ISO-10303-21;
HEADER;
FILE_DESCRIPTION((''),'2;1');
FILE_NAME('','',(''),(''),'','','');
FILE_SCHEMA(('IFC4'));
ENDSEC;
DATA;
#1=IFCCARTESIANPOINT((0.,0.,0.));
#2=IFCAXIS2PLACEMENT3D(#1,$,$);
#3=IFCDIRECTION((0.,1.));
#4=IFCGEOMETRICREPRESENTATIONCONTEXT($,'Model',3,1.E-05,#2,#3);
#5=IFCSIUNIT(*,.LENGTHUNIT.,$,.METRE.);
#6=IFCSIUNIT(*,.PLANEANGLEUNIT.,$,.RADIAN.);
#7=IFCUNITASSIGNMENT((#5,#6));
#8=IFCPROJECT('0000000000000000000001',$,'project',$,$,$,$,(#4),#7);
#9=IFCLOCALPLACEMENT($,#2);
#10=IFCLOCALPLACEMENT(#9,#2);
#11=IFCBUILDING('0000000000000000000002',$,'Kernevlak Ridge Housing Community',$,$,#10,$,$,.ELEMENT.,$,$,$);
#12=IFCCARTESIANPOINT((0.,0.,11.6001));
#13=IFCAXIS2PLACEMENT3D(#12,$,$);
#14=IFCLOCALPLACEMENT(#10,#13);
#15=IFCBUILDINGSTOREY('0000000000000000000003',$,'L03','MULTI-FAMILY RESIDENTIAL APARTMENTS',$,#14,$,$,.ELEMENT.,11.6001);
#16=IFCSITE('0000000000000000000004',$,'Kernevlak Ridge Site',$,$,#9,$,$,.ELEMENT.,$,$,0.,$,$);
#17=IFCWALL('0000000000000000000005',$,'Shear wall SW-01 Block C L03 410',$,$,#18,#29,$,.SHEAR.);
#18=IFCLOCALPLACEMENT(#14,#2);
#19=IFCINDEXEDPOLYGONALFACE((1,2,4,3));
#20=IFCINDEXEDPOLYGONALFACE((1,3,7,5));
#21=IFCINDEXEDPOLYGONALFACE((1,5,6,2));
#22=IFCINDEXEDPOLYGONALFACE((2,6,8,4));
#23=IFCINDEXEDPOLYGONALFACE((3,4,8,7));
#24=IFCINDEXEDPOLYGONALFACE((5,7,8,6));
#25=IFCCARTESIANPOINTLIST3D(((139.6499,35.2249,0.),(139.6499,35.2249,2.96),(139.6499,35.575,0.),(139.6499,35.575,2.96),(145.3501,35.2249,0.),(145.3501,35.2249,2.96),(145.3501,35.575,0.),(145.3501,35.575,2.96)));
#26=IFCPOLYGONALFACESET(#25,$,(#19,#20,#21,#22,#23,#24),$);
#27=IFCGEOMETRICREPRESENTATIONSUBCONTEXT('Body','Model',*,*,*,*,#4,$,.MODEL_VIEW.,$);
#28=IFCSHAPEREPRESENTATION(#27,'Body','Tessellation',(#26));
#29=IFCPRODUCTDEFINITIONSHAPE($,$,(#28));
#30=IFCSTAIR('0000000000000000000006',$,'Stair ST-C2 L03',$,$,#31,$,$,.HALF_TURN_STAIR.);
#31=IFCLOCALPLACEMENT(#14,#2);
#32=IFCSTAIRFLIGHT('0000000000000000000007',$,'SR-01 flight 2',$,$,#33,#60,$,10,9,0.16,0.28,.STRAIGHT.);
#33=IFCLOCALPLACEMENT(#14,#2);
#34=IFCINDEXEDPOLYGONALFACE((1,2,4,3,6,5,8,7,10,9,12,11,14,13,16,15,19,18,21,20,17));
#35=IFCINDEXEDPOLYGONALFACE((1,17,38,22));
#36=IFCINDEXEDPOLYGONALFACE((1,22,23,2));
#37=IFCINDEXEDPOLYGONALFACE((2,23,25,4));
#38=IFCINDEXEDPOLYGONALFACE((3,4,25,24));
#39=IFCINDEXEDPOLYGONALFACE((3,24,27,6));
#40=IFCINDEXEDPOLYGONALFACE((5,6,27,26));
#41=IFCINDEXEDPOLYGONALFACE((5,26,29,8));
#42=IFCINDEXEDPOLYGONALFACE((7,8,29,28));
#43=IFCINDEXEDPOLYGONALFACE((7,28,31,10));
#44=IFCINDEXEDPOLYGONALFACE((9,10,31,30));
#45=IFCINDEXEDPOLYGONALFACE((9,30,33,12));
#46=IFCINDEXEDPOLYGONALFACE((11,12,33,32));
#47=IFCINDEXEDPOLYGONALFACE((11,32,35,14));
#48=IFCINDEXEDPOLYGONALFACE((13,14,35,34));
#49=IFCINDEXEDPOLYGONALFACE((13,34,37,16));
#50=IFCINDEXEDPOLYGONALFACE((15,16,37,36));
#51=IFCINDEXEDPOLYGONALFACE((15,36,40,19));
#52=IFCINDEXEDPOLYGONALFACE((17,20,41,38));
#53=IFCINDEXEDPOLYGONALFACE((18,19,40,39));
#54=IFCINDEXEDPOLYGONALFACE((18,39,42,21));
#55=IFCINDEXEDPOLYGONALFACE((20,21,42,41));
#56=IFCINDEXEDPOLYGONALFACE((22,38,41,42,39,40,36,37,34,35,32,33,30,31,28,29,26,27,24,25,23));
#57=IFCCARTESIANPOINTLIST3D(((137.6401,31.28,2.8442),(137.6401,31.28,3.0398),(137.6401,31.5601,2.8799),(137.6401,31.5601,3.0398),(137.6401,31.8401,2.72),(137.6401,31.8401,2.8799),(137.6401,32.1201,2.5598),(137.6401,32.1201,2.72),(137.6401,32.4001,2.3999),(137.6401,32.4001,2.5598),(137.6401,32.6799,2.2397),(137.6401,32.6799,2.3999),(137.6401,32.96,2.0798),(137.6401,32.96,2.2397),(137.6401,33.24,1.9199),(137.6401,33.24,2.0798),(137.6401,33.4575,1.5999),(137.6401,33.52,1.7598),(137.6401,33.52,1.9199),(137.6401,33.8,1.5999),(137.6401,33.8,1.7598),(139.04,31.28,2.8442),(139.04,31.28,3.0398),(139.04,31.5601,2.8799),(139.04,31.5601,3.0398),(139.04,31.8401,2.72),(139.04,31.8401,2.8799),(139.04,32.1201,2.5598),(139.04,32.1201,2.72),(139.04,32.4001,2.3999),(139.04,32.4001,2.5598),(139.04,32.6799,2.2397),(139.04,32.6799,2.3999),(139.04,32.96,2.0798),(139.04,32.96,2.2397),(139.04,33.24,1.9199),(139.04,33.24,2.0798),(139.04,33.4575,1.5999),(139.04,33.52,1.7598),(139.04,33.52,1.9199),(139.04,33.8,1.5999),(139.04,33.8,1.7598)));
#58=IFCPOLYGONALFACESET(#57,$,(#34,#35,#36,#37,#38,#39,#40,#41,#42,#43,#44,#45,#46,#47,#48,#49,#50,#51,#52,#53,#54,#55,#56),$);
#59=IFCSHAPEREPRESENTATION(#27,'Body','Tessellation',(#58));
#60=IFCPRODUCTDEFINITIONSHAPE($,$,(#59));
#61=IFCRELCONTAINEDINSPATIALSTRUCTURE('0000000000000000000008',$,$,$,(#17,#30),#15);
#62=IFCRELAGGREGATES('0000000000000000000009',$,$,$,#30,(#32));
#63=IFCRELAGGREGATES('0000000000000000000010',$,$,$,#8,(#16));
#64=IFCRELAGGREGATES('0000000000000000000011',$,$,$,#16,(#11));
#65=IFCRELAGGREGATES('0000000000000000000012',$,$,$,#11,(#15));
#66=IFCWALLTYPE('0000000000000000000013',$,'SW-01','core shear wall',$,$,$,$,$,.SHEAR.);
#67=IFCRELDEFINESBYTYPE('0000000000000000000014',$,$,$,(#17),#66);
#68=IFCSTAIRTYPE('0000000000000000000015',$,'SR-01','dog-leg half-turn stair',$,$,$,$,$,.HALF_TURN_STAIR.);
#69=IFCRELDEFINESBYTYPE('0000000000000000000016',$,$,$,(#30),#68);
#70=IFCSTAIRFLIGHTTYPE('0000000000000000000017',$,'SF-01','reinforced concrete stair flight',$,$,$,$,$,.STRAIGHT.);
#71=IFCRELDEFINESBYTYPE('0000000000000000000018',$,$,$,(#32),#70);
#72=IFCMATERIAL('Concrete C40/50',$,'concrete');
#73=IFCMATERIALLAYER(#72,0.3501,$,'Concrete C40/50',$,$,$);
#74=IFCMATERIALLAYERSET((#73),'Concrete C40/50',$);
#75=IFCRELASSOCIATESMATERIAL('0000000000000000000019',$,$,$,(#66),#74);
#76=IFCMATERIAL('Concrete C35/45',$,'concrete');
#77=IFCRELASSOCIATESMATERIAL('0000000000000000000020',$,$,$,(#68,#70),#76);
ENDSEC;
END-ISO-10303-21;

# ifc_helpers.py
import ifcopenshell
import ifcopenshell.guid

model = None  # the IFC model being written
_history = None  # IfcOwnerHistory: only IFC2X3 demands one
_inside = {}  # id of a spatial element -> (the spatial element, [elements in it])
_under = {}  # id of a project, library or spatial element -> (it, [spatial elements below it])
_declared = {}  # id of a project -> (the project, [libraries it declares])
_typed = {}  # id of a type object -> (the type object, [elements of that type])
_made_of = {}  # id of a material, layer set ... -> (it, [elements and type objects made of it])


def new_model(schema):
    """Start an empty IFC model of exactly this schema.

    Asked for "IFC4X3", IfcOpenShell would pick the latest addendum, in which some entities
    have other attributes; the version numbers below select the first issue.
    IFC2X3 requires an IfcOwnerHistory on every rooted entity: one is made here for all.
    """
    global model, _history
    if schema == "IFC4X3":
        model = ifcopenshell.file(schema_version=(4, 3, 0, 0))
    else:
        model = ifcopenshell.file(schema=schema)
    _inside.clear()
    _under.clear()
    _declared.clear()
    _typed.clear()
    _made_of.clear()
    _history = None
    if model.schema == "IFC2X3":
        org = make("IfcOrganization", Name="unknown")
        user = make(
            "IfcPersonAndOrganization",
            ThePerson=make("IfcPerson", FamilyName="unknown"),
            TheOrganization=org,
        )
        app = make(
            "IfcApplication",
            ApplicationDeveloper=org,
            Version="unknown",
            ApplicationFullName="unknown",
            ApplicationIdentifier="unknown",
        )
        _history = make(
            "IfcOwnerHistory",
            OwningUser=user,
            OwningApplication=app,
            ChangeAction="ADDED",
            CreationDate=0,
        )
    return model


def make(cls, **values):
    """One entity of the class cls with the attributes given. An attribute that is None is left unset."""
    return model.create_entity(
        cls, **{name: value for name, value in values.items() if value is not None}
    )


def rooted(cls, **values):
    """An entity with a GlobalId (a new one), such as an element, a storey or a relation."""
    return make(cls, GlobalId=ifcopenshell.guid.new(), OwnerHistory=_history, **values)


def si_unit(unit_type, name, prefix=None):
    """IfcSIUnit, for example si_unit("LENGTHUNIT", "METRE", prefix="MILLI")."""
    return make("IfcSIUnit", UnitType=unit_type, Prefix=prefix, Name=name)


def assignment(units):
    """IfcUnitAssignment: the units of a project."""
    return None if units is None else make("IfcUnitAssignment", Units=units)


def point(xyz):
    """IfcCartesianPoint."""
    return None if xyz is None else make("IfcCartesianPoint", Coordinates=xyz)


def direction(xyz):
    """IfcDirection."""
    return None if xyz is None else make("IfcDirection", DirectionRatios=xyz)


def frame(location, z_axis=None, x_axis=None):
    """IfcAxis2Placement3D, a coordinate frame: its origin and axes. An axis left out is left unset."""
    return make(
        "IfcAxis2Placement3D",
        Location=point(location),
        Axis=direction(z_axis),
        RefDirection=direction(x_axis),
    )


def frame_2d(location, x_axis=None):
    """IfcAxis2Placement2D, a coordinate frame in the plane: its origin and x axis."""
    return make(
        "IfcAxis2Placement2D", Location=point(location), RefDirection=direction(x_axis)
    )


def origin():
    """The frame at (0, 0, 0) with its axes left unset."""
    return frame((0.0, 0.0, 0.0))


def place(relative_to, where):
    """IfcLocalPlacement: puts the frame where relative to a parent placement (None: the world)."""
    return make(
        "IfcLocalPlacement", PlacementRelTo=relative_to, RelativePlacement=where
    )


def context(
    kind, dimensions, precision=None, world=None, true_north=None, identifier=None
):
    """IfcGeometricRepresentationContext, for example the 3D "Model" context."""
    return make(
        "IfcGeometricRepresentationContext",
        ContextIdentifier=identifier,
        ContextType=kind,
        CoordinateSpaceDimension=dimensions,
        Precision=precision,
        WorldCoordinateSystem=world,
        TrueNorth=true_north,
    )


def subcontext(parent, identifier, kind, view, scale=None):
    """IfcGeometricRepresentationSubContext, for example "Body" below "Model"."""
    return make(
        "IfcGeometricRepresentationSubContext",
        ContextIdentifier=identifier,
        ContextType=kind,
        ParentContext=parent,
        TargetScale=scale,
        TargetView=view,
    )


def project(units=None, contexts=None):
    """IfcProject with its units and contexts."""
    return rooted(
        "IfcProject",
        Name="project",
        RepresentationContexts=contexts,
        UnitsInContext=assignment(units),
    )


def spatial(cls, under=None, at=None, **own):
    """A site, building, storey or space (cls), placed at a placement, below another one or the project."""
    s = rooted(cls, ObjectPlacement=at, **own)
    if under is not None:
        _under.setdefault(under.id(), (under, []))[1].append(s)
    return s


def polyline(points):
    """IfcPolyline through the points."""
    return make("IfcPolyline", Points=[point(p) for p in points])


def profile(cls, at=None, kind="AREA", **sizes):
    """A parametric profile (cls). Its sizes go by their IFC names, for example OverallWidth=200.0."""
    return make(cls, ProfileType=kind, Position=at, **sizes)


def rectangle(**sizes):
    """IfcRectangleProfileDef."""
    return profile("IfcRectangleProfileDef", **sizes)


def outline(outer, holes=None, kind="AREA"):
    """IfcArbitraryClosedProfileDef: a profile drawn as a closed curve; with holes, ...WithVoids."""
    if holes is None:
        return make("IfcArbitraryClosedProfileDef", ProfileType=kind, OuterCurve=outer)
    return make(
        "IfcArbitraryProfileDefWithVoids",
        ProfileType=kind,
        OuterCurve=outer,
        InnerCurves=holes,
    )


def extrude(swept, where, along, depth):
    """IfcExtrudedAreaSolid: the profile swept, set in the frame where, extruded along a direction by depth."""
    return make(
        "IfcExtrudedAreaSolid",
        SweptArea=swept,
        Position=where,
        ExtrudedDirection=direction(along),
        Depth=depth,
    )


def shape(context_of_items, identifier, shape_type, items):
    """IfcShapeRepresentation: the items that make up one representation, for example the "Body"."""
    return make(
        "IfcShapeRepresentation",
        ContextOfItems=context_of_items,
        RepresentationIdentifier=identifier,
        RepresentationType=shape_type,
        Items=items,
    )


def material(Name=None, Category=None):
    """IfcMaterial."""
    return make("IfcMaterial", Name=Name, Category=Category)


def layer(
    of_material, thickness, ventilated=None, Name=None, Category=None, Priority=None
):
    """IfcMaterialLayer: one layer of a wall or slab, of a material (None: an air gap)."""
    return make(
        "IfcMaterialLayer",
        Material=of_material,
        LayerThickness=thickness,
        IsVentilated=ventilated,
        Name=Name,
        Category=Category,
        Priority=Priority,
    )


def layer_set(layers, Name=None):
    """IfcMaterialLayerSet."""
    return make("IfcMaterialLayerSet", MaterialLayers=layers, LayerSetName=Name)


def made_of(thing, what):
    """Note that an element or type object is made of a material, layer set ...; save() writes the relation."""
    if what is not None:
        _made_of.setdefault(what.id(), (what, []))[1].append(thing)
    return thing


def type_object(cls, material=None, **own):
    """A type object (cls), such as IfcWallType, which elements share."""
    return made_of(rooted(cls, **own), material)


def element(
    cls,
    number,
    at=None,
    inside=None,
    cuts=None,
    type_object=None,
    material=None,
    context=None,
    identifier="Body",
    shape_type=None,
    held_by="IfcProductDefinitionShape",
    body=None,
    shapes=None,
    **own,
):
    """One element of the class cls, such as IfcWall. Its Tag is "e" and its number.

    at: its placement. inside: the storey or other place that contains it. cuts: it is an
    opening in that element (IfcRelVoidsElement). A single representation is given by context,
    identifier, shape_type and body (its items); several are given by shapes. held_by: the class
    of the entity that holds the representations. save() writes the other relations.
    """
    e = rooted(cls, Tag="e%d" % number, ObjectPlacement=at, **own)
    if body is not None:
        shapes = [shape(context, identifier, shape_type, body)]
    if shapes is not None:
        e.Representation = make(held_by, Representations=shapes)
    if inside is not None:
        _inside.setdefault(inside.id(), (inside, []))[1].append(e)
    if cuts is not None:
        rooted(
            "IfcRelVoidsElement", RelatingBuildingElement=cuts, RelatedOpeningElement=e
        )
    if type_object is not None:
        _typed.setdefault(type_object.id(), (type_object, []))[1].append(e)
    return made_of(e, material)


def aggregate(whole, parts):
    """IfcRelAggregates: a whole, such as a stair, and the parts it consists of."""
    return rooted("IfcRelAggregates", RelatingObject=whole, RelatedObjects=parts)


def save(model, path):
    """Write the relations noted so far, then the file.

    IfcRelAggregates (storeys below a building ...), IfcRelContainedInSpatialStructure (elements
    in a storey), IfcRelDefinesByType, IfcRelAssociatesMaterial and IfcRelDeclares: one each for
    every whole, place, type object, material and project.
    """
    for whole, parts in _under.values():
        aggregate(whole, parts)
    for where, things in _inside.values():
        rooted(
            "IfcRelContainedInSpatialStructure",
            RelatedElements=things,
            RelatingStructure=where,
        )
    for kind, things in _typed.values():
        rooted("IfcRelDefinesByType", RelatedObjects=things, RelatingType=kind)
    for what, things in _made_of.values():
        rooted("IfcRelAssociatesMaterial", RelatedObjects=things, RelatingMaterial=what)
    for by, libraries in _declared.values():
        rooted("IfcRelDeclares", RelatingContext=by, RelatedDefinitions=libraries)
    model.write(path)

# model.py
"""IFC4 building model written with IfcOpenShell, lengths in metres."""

from ifc_helpers import new_model, si_unit, direction, frame, frame_2d, origin, place, context, subcontext, project, spatial, polyline, rectangle, outline, extrude, material, layer, layer_set, type_object, element, aggregate, save


model = new_model("IFC4")

# Units and contexts
model_context = context("Model", 3, precision=1e-05, world=origin(), true_north=direction((0.0, 1.0)))
body_context = subcontext(model_context, "Body", "Model", "MODEL_VIEW")
ifc_project = project(units=[si_unit("LENGTHUNIT", "METRE"), si_unit("PLANEANGLEUNIT", "RADIAN")], contexts=[model_context])

# Site, building, storey
site_placement = place(None, origin())
site = spatial("IfcSite", under=ifc_project, at=site_placement, Name="Kernevlak Ridge Site", CompositionType="ELEMENT", RefElevation=0.0)
building_placement = place(site_placement, origin())
building = spatial("IfcBuilding", under=site, at=building_placement, Name="Kernevlak Ridge Housing Community", CompositionType="ELEMENT")
storey_placement = place(building_placement, frame((0.0, 0.0, 11.6001)))
storey = spatial("IfcBuildingStorey", under=building, at=storey_placement, Name="L03", Description="MULTI-FAMILY RESIDENTIAL APARTMENTS", CompositionType="ELEMENT", Elevation=11.6001)

# Shared definitions
ifc_material_1 = material(Name="Concrete C40/50", Category="concrete")

# Shared definitions
ifc_material_2 = material(Name="Concrete C35/45", Category="concrete")

# Wall
ifc_layer_1 = layer(ifc_material_1, 0.3501, Name="Concrete C40/50")
ifc_layer_set_1 = layer_set([ifc_layer_1], Name="Concrete C40/50")
wall_type_1 = type_object("IfcWallType", Name="SW-01", Description="core shear wall", PredefinedType="SHEAR", material=ifc_layer_set_1)
wall_1_placement = place(storey_placement, frame((139.6499, 35.3999, 0.0), z_axis=(0.0, 0.0, 1.0), x_axis=(1.0, 0.0, 0.0)))
element("IfcWall", 1, at=wall_1_placement, inside=storey, type_object=wall_type_1, Name="Shear wall SW-01 Block C L03 410", PredefinedType="SHEAR", context=body_context, shape_type="SweptSolid", body=[
    extrude(rectangle(XDim=5.7002, YDim=0.3501, at=frame_2d((2.8501, 0.0))), origin(), (0.0, 0.0, 1.0), 2.96),
])

# Stair, stair flight
stair_type = type_object("IfcStairType", Name="SR-01", Description="dog-leg half-turn stair", PredefinedType="HALF_TURN_STAIR", material=ifc_material_2)
stair_placement = place(storey_placement, origin())
stair = element("IfcStair", 2, at=stair_placement, inside=storey, type_object=stair_type, Name="Stair ST-C2 L03", PredefinedType="HALF_TURN_STAIR")
stair_flight_type = type_object("IfcStairFlightType", Name="SF-01", Description="reinforced concrete stair flight", PredefinedType="STRAIGHT", material=ifc_material_2)
stair_flight_placement = place(storey_placement, frame((138.3401, 33.8, 1.5999), z_axis=(0.0, 0.0, 1.0), x_axis=(0.0, -1.0, 0.0)))
stair_flight = element("IfcStairFlight", 3, at=stair_flight_placement, type_object=stair_flight_type, Name="SR-01 flight 2", NumberOfRisers=10, NumberOfTreads=9, PredefinedType="STRAIGHT", RiserHeight=0.16, TreadLength=0.28, context=body_context, shape_type="SweptSolid", body=[
    extrude(outline(polyline([(0.0, 0.0), (0.0, 0.1599), (0.28, 0.1599), (0.28, 0.3201), (0.5601, 0.3201), (0.5601, 0.48), (0.8401, 0.48), (0.8401, 0.6399), (1.1201, 0.6399), (1.1201, 0.8), (1.3999, 0.8), (1.3999, 0.96), (1.6799, 0.96), (1.6799, 1.1201), (1.96, 1.1201), (1.96, 1.28), (2.24, 1.28), (2.24, 1.4399), (2.52, 1.4399), (2.52, 1.6001), (2.52, 1.2444), (0.3425, 0.0), (0.0, 0.0)])), frame((0.0, 0.7, 0.0), z_axis=(0.0, -1.0, 0.0), x_axis=(1.0, 0.0, 0.0)), (0.0, 0.0, 1.0), 1.3999),
])
aggregate(stair, [stair_flight])

save(model, "model.ifc")
